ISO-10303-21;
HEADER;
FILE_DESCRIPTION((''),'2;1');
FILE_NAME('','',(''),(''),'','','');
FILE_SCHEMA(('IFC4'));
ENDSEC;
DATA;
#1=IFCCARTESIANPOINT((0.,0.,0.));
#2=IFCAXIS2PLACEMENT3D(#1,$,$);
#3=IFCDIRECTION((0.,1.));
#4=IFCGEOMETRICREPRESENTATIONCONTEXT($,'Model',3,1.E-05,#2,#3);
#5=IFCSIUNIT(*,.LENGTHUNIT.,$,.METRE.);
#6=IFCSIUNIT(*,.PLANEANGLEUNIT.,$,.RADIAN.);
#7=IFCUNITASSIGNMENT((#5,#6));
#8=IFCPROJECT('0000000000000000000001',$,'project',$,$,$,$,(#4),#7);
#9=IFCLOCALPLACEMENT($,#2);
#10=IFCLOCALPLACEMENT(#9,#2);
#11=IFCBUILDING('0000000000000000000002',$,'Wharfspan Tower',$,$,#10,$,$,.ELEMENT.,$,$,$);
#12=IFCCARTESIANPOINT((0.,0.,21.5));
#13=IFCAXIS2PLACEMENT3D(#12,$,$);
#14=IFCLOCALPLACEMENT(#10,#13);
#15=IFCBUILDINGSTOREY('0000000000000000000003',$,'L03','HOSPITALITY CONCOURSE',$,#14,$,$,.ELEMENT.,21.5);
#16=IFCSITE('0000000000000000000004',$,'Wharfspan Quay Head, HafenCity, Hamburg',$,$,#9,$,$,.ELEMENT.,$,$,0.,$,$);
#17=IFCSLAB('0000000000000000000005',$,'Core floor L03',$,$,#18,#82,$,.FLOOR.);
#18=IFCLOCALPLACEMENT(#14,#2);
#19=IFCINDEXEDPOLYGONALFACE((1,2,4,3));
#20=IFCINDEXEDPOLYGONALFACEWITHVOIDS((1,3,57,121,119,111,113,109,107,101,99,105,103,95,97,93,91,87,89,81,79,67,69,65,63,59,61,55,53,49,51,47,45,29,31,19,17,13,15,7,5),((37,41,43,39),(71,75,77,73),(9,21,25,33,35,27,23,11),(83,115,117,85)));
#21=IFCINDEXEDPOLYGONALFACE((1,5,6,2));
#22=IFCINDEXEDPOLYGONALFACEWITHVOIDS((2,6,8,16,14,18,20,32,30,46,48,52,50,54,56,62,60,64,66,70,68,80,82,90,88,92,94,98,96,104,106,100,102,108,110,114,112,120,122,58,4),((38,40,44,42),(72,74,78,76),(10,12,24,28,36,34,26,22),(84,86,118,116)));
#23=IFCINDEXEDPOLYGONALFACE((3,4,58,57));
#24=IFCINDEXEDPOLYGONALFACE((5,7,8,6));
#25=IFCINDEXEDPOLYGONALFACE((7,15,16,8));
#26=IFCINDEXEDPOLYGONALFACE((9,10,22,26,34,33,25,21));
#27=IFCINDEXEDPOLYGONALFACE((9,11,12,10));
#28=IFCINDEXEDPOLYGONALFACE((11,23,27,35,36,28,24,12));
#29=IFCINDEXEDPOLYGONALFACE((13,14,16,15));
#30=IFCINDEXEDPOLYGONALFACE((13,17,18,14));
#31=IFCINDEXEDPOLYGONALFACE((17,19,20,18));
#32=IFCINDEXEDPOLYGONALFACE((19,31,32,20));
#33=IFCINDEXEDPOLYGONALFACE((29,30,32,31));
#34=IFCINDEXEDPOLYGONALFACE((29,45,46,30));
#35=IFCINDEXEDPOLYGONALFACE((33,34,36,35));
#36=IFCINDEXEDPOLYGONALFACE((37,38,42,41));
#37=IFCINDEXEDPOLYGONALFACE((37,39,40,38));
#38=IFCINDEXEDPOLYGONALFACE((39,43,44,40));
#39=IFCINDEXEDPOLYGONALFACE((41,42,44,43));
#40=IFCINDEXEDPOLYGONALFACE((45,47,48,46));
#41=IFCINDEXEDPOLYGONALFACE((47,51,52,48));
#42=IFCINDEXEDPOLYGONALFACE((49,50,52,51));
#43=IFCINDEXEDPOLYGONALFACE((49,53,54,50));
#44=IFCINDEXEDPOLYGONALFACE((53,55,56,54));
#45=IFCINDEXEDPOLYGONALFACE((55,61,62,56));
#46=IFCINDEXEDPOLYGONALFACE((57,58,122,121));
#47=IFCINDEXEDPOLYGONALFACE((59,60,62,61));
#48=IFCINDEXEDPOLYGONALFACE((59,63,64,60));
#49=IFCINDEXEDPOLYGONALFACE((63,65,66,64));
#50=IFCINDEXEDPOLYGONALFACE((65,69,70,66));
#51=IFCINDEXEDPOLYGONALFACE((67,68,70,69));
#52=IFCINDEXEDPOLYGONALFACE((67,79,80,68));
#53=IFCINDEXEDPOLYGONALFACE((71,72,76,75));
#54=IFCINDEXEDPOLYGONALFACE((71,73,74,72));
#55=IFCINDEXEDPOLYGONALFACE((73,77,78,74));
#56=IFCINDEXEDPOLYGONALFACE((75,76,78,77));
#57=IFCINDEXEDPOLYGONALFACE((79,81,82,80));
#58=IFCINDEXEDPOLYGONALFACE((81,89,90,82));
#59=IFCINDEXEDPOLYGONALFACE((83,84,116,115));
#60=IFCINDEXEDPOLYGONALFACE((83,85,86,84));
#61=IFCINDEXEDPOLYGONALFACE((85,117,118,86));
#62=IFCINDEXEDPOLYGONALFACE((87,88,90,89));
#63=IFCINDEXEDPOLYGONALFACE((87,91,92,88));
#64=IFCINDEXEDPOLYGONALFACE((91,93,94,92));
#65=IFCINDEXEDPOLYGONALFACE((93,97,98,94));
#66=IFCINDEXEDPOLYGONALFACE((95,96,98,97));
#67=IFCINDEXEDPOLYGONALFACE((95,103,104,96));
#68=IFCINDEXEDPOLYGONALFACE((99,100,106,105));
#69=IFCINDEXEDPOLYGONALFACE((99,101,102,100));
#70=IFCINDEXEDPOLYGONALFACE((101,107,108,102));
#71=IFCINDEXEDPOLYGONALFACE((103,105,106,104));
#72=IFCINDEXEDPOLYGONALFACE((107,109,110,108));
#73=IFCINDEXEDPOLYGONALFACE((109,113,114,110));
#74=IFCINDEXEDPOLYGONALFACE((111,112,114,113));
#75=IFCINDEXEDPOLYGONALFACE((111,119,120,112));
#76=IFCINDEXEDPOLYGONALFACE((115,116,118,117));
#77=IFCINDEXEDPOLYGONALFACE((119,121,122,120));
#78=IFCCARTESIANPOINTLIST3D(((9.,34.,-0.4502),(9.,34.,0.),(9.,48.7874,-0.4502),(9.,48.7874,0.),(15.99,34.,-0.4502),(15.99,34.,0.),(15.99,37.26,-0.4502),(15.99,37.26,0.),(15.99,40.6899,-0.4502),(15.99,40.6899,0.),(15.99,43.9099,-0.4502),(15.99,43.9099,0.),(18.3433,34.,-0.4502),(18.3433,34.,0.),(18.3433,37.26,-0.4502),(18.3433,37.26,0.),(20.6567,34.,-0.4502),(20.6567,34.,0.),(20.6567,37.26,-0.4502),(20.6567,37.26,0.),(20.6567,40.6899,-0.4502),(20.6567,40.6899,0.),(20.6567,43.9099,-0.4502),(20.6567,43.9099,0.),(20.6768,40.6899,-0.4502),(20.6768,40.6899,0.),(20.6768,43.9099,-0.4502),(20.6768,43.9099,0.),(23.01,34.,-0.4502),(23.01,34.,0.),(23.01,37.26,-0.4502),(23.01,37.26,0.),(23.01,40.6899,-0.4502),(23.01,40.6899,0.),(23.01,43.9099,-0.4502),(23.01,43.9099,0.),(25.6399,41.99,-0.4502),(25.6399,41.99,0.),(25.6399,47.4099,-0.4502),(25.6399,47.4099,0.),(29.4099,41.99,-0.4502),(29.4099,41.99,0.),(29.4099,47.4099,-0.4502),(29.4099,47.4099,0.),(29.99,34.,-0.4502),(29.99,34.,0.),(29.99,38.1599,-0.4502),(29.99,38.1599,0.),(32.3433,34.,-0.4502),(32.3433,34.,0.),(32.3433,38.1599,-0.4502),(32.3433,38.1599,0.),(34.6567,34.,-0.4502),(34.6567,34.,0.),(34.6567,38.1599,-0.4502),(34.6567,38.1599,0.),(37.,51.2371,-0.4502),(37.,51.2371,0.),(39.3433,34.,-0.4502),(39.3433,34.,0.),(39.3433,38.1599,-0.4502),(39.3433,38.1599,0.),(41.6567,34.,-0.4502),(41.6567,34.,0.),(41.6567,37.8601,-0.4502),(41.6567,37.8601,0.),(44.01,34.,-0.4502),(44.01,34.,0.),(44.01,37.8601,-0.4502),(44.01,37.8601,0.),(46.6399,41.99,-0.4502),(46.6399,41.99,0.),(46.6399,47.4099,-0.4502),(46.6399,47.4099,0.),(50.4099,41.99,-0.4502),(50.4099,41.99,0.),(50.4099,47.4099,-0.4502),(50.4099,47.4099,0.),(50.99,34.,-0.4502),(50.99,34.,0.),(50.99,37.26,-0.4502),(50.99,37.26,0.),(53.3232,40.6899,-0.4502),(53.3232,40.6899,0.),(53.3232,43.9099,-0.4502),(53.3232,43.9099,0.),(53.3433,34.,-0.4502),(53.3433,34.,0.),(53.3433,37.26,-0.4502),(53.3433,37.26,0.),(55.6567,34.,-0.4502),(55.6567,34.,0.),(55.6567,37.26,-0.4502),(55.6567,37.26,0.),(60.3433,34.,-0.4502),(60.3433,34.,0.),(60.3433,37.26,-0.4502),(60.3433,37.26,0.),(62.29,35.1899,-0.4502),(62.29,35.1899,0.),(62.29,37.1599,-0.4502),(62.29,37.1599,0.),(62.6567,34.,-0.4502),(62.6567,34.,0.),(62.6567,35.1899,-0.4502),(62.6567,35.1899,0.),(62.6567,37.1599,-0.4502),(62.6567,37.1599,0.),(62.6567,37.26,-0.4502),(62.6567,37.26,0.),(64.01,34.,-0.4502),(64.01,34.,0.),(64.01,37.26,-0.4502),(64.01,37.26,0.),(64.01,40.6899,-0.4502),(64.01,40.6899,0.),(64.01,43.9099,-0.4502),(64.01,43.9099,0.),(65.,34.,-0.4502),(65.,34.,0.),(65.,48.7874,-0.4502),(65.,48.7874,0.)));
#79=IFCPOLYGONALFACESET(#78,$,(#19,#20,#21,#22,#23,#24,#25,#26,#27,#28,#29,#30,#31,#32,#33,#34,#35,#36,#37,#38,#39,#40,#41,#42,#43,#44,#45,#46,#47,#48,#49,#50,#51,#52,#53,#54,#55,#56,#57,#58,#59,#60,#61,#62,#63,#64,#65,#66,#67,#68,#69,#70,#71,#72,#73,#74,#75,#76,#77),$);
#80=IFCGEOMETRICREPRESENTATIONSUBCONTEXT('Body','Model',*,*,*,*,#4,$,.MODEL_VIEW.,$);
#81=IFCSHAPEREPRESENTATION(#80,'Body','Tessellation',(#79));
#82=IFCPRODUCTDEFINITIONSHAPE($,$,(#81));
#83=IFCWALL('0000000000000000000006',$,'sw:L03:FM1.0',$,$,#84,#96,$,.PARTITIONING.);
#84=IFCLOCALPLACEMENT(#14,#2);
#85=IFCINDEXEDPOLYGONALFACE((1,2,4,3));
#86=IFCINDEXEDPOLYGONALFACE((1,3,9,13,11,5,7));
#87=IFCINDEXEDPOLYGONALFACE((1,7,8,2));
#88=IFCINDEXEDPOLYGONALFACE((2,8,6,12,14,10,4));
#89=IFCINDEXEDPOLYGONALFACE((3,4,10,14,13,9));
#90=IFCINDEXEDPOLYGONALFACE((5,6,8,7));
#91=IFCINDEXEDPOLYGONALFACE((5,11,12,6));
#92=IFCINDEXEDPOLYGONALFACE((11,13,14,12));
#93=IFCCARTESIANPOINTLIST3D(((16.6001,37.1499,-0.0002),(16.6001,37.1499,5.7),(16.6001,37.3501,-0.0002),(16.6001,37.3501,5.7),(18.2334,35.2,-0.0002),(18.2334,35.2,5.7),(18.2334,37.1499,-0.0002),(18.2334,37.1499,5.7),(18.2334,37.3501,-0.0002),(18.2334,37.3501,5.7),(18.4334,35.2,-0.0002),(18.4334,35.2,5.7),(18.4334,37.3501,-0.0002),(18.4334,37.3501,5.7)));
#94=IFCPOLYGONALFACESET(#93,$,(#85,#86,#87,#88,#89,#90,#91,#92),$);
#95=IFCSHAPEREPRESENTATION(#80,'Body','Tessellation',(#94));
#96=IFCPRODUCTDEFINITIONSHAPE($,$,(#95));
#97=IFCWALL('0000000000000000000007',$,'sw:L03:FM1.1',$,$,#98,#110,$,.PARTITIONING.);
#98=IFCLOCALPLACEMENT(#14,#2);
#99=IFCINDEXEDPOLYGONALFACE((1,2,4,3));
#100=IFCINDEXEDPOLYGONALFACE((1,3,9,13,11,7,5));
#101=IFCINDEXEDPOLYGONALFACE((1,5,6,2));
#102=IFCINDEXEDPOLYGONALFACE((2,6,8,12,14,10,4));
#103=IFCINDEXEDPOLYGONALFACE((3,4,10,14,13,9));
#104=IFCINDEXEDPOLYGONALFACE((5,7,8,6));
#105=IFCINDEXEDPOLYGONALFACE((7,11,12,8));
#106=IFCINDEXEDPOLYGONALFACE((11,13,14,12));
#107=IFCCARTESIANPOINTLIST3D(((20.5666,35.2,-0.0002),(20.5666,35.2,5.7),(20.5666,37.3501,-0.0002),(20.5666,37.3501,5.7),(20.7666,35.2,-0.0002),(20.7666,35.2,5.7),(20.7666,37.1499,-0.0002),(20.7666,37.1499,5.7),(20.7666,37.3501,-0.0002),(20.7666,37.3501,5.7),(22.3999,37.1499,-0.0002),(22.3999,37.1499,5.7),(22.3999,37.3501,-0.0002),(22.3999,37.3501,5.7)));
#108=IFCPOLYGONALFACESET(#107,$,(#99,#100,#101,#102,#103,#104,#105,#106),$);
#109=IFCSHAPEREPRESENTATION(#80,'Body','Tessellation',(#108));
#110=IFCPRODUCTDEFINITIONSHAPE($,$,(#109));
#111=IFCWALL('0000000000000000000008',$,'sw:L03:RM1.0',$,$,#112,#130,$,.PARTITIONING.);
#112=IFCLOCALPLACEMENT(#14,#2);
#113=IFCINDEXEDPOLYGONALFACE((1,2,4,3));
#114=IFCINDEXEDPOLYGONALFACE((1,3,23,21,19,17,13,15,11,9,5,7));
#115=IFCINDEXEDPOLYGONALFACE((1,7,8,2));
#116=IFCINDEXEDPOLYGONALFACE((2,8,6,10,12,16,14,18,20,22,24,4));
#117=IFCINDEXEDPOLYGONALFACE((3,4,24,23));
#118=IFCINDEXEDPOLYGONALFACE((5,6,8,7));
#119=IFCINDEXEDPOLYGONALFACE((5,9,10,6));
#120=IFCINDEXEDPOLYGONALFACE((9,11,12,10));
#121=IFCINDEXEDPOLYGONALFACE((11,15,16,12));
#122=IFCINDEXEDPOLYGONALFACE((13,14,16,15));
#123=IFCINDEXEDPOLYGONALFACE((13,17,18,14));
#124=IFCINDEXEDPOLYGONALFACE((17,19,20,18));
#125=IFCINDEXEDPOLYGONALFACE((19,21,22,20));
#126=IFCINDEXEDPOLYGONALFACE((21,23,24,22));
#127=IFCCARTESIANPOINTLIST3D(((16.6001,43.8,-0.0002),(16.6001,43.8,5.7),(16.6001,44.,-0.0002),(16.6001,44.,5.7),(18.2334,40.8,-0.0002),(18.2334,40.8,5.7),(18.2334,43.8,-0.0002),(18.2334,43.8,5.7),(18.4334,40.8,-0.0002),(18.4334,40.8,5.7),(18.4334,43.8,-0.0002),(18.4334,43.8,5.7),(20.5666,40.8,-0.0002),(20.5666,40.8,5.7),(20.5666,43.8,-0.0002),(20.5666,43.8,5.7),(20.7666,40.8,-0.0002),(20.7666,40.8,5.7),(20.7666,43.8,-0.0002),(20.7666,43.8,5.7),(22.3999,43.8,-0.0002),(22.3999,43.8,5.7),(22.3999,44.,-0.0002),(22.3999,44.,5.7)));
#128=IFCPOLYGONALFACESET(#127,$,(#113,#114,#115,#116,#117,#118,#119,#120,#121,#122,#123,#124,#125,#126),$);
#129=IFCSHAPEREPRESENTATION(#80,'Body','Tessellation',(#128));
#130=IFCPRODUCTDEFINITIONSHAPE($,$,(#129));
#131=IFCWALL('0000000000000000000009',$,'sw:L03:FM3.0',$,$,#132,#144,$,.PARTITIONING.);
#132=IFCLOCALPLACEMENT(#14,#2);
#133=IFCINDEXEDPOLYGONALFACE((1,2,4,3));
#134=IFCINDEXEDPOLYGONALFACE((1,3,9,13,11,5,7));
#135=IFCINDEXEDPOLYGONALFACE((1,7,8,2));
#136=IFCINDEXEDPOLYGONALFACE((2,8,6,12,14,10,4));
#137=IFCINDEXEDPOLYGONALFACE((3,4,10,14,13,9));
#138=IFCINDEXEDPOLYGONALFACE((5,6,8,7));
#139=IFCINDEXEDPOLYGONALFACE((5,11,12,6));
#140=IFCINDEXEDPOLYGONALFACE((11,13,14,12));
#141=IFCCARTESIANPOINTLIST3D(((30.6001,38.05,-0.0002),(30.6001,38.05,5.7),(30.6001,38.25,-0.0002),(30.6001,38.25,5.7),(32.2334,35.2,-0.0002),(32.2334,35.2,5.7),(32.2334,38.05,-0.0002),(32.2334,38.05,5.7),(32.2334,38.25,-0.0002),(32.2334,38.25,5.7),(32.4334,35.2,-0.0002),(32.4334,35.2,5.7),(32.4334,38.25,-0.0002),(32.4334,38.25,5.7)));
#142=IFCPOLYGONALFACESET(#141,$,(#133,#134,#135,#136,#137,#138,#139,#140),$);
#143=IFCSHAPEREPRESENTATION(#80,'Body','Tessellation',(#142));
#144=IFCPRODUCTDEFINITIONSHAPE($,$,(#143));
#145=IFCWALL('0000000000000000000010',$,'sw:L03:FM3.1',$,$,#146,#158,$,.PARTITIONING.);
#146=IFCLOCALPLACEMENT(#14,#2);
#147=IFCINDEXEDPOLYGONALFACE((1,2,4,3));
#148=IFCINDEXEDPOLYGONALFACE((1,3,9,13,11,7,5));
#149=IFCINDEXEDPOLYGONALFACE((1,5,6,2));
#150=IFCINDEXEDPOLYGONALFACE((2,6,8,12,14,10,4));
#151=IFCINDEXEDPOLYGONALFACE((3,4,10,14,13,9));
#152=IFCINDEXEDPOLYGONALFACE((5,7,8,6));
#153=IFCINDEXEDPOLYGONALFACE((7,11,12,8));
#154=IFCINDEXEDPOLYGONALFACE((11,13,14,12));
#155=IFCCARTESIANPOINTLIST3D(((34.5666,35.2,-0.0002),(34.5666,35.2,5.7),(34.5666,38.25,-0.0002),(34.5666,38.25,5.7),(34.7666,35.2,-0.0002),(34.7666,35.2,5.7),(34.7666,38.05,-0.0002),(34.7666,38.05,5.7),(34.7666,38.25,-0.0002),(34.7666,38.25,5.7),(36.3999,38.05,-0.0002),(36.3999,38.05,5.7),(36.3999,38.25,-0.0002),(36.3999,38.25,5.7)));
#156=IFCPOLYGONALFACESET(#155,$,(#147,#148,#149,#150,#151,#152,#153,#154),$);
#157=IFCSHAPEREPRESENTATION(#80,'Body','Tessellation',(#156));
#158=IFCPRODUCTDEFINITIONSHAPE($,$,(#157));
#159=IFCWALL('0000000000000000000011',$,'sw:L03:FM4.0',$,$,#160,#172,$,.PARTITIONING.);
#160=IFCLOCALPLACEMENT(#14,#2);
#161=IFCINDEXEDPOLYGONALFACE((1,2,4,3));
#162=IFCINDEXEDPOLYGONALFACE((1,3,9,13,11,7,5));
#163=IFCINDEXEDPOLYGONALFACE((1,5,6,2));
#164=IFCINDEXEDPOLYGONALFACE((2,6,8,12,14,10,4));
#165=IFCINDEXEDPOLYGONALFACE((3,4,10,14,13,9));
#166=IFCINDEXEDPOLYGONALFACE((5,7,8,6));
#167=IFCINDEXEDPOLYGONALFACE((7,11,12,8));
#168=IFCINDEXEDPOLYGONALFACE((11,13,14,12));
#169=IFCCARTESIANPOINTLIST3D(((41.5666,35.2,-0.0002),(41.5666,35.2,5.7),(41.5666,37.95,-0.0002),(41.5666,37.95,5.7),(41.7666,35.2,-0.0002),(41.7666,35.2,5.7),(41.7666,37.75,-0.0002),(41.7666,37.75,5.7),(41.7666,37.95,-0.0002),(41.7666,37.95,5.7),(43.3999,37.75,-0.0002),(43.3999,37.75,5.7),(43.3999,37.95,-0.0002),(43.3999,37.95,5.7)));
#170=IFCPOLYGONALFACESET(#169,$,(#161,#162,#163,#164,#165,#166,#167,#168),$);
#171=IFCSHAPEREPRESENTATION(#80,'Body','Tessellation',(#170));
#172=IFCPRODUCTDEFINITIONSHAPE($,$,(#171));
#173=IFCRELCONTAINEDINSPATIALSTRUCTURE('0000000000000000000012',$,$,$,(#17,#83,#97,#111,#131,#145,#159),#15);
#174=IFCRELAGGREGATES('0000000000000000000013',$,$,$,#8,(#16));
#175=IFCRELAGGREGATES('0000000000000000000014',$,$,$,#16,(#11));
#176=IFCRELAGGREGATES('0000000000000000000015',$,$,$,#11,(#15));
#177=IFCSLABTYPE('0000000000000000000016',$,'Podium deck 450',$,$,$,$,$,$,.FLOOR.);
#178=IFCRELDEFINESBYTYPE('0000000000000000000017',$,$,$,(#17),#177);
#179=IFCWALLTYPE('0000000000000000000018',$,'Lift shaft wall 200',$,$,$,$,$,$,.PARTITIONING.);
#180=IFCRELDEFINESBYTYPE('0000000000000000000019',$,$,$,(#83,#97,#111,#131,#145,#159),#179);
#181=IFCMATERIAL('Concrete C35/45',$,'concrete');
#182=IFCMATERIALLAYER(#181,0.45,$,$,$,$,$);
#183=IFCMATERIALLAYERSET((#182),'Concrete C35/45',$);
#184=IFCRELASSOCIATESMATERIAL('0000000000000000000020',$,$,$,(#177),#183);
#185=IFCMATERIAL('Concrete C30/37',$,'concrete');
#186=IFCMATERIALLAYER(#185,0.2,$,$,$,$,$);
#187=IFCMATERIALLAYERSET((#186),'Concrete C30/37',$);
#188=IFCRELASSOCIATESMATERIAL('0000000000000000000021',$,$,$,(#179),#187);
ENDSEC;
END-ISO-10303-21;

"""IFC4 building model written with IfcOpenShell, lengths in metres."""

from ifc_helpers import new_model, si_unit, direction, frame, origin, place, context, subcontext, project, spatial, polyline, outline, extrude, material, layer, layer_set, type_object, element, save


model = new_model("IFC4")

# Units and contexts
model_context = context("Model", 3, precision=1e-05, world=origin(), true_north=direction((0.0, 1.0)))
body_context = subcontext(model_context, "Body", "Model", "MODEL_VIEW")
ifc_project = project(units=[si_unit("LENGTHUNIT", "METRE"), si_unit("PLANEANGLEUNIT", "RADIAN")], contexts=[model_context])

# Site, building, storey
site_placement = place(None, origin())
site = spatial("IfcSite", under=ifc_project, at=site_placement, Name="Wharfspan Quay Head, HafenCity, Hamburg", CompositionType="ELEMENT", RefElevation=0.0)
building_placement = place(site_placement, origin())
building = spatial("IfcBuilding", under=site, at=building_placement, Name="Wharfspan Tower", CompositionType="ELEMENT")
storey_placement = place(building_placement, frame((0.0, 0.0, 21.5)))
storey = spatial("IfcBuildingStorey", under=building, at=storey_placement, Name="L03", Description="HOSPITALITY CONCOURSE", CompositionType="ELEMENT", Elevation=21.5)

# Slab
ifc_material_1 = material(Name="Concrete C35/45", Category="concrete")
ifc_layer_1 = layer(ifc_material_1, 0.45)
ifc_layer_set_1 = layer_set([ifc_layer_1], Name="Concrete C35/45")
slab_type = type_object("IfcSlabType", Name="Podium deck 450", PredefinedType="FLOOR", material=ifc_layer_set_1)
slab_1_placement = place(storey_placement, frame((0.0, 0.0, -0.4502)))
element("IfcSlab", 1, at=slab_1_placement, inside=storey, type_object=slab_type, Name="Core floor L03", PredefinedType="FLOOR", context=body_context, shape_type="SweptSolid", body=[
    extrude(outline(polyline([(65.0, 48.7874), (65.0, 34.0), (64.01, 34.0), (64.01, 37.26), (62.6567, 37.26), (62.6567, 37.1599), (62.29, 37.1599), (62.29, 35.1899), (62.6567, 35.1899), (62.6567, 34.0), (60.3433, 34.0), (60.3433, 37.26), (55.6567, 37.26), (55.6567, 34.0), (53.3433, 34.0), (53.3433, 37.26), (50.99, 37.26), (50.99, 34.0), (44.01, 34.0), (44.01, 37.8601), (41.6567, 37.8601), (41.6567, 34.0), (39.3433, 34.0), (39.3433, 38.1599), (34.6567, 38.1599), (34.6567, 34.0), (32.3433, 34.0), (32.3433, 38.1599), (29.99, 38.1599), (29.99, 34.0), (23.01, 34.0), (23.01, 37.26), (20.6567, 37.26), (20.6567, 34.0), (18.3433, 34.0), (18.3433, 37.26), (15.99, 37.26), (15.99, 34.0), (9.0, 34.0), (9.0, 48.7874), (37.0, 51.2371), (65.0, 48.7874)]), holes=[polyline([(53.3232, 43.9099), (53.3232, 40.6899), (64.01, 40.6899), (64.01, 43.9099), (53.3232, 43.9099)]), polyline([(50.4099, 41.99), (50.4099, 47.4099), (46.6399, 47.4099), (46.6399, 41.99), (50.4099, 41.99)]), polyline([(29.4099, 41.99), (29.4099, 47.4099), (25.6399, 47.4099), (25.6399, 41.99), (29.4099, 41.99)]), polyline([(20.6768, 40.6899), (23.01, 40.6899), (23.01, 43.9099), (20.6768, 43.9099), (20.6567, 43.9099), (15.99, 43.9099), (15.99, 40.6899), (20.6567, 40.6899), (20.6768, 40.6899)])]), origin(), (0.0, 0.0, 1.0), 0.4502),
])

# Walls
ifc_material_2 = material(Name="Concrete C30/37", Category="concrete")
ifc_layer_2 = layer(ifc_material_2, 0.2)
ifc_layer_set_2 = layer_set([ifc_layer_2], Name="Concrete C30/37")
wall_type_1 = type_object("IfcWallType", Name="Lift shaft wall 200", PredefinedType="PARTITIONING", material=ifc_layer_set_2)
wall_1_placement = place(storey_placement, frame((0.0, 0.0, -0.0002)))
element("IfcWall", 2, at=wall_1_placement, inside=storey, type_object=wall_type_1, Name="sw:L03:FM1.0", PredefinedType="PARTITIONING", context=body_context, shape_type="SweptSolid", body=[
    extrude(outline(polyline([(18.2334, 37.1499), (16.6001, 37.1499), (16.6001, 37.3501), (18.2334, 37.3501), (18.4334, 37.3501), (18.4334, 35.2), (18.2334, 35.2), (18.2334, 37.1499)])), origin(), (0.0, 0.0, 1.0), 5.7002),
])
wall_2_placement = place(storey_placement, frame((0.0, 0.0, -0.0002)))
element("IfcWall", 3, at=wall_2_placement, inside=storey, type_object=wall_type_1, Name="sw:L03:FM1.1", PredefinedType="PARTITIONING", context=body_context, shape_type="SweptSolid", body=[
    extrude(outline(polyline([(20.5666, 37.3501), (20.7666, 37.3501), (22.3999, 37.3501), (22.3999, 37.1499), (20.7666, 37.1499), (20.7666, 35.2), (20.5666, 35.2), (20.5666, 37.3501)])), origin(), (0.0, 0.0, 1.0), 5.7002),
])
wall_3_placement = place(storey_placement, frame((0.0, 0.0, -0.0002)))
element("IfcWall", 4, at=wall_3_placement, inside=storey, type_object=wall_type_1, Name="sw:L03:RM1.0", PredefinedType="PARTITIONING", context=body_context, shape_type="SweptSolid", body=[
    extrude(outline(polyline([(18.4334, 40.8), (18.2334, 40.8), (18.2334, 43.8), (16.6001, 43.8), (16.6001, 44.0), (22.3999, 44.0), (22.3999, 43.8), (20.7666, 43.8), (20.7666, 40.8), (20.5666, 40.8), (20.5666, 43.8), (18.4334, 43.8), (18.4334, 40.8)])), origin(), (0.0, 0.0, 1.0), 5.7002),
])
wall_4_placement = place(storey_placement, frame((0.0, 0.0, -0.0002)))
element("IfcWall", 5, at=wall_4_placement, inside=storey, type_object=wall_type_1, Name="sw:L03:FM3.0", PredefinedType="PARTITIONING", context=body_context, shape_type="SweptSolid", body=[
    extrude(outline(polyline([(32.2334, 38.05), (30.6001, 38.05), (30.6001, 38.25), (32.2334, 38.25), (32.4333, 38.25), (32.4333, 35.2), (32.2334, 35.2), (32.2334, 38.05)])), origin(), (0.0, 0.0, 1.0), 5.7002),
])
wall_5_placement = place(storey_placement, frame((0.0, 0.0, -0.0002)))
element("IfcWall", 6, at=wall_5_placement, inside=storey, type_object=wall_type_1, Name="sw:L03:FM3.1", PredefinedType="PARTITIONING", context=body_context, shape_type="SweptSolid", body=[
    extrude(outline(polyline([(34.5667, 38.25), (34.7666, 38.25), (36.3999, 38.25), (36.3999, 38.05), (34.7666, 38.05), (34.7666, 35.2), (34.5667, 35.2), (34.5667, 38.25)])), origin(), (0.0, 0.0, 1.0), 5.7002),
])
wall_6_placement = place(storey_placement, frame((0.0, 0.0, -0.0002)))
element("IfcWall", 7, at=wall_6_placement, inside=storey, type_object=wall_type_1, Name="sw:L03:FM4.0", PredefinedType="PARTITIONING", context=body_context, shape_type="SweptSolid", body=[
    extrude(outline(polyline([(41.5667, 37.95), (41.7666, 37.95), (43.3999, 37.95), (43.3999, 37.75), (41.7666, 37.75), (41.7666, 35.2), (41.5667, 35.2), (41.5667, 37.95)])), origin(), (0.0, 0.0, 1.0), 5.7002),
])

save(model, "model.ifc")
